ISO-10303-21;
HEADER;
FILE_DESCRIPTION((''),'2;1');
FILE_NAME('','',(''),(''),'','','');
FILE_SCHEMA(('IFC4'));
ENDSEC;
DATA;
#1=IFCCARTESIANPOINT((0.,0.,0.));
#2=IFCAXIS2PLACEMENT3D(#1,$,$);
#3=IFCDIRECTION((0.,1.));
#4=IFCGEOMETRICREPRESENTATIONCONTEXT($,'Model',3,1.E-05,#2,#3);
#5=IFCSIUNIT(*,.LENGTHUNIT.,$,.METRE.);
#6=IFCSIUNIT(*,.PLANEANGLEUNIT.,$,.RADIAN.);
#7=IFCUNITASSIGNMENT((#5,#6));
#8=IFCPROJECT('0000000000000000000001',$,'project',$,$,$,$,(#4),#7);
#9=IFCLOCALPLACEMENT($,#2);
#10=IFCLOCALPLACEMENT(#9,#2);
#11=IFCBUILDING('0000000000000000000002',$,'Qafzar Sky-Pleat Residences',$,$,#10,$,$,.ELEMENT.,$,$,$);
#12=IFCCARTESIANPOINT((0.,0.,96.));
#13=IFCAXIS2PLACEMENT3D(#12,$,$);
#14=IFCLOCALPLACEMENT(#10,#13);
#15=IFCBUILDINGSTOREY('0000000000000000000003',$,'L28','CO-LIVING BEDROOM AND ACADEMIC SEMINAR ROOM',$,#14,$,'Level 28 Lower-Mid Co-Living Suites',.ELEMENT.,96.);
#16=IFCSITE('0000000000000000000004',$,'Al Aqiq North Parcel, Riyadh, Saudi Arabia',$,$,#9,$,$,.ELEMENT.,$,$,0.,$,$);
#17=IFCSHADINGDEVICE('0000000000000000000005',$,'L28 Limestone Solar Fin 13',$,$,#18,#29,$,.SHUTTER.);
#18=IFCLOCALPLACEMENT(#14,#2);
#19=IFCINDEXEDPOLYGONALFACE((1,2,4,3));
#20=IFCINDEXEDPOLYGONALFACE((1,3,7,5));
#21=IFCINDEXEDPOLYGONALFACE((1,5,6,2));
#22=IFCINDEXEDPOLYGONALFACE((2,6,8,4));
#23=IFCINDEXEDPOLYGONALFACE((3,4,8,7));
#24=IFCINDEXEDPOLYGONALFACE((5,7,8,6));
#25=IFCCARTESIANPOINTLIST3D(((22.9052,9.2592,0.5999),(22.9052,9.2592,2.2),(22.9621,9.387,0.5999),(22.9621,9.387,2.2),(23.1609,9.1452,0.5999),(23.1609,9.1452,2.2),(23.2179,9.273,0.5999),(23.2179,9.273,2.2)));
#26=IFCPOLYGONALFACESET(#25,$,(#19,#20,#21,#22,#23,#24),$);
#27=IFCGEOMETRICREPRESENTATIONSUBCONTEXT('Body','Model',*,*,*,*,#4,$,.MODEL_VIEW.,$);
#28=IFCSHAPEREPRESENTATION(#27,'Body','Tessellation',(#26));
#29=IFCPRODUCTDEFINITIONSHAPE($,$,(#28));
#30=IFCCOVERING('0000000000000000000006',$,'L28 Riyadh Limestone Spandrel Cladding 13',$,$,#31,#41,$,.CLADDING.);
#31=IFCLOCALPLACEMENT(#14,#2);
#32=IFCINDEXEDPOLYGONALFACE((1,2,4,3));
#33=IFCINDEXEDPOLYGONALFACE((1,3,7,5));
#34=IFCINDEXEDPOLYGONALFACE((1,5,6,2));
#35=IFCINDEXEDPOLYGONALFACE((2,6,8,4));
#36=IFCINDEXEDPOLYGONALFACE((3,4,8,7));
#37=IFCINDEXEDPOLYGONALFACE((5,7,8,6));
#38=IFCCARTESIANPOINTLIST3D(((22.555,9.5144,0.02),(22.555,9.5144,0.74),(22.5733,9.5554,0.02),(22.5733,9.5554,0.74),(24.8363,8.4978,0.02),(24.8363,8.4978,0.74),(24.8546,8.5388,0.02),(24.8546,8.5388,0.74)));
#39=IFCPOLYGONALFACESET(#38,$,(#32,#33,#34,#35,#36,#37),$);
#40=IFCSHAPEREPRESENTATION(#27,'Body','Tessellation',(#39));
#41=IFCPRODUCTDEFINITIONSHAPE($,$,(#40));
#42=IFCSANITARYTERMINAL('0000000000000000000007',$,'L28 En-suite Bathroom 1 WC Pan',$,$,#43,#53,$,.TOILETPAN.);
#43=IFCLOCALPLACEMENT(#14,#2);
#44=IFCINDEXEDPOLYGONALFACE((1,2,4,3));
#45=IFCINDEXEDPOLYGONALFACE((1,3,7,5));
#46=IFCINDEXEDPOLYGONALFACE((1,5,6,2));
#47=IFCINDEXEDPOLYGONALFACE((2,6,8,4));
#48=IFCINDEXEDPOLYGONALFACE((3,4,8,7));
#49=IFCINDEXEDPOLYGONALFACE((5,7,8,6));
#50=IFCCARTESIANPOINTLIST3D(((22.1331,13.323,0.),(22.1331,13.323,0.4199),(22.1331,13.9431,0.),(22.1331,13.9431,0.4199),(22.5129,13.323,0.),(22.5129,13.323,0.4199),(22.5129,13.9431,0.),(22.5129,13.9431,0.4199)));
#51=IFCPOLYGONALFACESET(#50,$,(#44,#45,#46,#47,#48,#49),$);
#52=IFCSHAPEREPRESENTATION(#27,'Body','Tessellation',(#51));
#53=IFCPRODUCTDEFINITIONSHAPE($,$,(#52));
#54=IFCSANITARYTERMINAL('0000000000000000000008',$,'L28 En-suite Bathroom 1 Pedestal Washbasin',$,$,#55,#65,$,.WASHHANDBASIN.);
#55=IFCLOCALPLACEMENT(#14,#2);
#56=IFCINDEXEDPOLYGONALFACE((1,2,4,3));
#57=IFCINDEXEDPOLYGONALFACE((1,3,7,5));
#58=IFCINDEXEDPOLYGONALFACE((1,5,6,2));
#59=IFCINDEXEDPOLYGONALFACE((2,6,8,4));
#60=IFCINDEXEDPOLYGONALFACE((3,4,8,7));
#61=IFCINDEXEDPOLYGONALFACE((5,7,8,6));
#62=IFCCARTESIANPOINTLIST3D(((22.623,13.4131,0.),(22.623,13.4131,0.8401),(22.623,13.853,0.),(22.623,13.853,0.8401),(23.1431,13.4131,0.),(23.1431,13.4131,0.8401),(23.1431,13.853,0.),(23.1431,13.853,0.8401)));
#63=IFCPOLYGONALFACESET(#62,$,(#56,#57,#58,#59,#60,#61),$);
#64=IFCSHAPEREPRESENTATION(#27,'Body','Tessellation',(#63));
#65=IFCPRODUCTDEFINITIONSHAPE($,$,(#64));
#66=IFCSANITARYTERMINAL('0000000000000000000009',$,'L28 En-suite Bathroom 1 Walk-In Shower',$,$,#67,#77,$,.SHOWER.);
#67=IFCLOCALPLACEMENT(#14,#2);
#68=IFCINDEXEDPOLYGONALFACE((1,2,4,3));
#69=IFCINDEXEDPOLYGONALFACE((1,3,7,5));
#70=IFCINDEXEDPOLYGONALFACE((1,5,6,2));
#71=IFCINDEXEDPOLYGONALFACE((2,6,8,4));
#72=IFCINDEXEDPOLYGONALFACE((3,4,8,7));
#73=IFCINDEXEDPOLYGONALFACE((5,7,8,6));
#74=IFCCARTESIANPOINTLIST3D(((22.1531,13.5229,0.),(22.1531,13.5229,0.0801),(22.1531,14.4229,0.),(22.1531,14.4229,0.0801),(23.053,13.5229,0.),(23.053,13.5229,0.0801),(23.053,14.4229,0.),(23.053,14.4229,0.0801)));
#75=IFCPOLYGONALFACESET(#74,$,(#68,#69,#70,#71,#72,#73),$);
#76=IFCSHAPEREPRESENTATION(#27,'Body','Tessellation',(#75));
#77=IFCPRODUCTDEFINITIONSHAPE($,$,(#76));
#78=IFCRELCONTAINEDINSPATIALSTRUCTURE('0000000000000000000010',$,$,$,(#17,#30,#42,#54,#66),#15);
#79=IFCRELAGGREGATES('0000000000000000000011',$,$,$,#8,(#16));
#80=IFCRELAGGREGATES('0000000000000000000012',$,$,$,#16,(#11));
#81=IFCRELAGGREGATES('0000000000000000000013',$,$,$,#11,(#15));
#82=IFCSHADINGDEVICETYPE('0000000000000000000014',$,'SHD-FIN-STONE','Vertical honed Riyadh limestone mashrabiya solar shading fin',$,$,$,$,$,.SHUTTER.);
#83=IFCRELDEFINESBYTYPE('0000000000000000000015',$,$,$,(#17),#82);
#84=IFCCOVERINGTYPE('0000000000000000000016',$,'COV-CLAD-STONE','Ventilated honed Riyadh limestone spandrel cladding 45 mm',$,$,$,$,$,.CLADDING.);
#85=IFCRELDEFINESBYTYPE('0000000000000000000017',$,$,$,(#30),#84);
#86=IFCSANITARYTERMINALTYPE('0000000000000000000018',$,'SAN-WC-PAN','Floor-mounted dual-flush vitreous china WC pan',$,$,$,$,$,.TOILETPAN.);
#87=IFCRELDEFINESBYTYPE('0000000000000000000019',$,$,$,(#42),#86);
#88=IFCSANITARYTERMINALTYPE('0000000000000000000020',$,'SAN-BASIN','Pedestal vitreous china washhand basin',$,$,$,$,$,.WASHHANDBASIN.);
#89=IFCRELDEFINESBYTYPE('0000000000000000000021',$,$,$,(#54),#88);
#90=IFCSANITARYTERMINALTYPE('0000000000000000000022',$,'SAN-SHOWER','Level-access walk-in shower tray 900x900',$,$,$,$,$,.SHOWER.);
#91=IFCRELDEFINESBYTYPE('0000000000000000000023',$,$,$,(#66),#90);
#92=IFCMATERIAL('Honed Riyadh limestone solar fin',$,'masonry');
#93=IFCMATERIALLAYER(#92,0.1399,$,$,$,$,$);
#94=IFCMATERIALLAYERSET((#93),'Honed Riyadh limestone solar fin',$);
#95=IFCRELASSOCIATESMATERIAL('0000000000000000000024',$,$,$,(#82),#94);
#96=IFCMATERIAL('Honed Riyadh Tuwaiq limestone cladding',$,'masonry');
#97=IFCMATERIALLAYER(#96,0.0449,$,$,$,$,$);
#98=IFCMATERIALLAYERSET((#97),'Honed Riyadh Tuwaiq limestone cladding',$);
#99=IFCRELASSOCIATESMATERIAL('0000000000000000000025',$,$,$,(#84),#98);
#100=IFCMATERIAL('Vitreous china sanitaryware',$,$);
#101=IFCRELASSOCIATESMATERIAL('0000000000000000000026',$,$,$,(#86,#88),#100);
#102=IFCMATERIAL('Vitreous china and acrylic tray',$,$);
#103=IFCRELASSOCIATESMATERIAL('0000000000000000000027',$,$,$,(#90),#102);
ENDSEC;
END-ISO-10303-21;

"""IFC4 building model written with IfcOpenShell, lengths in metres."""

from ifc_helpers import new_model, si_unit, direction, frame, origin, origin_2d, place, context, subcontext, project, spatial, rectangle, extrude, source, transform, mapped, material, layer, layer_set, type_object, element, save


model = new_model("IFC4")

# Units and contexts
model_context = context("Model", 3, precision=1e-05, world=origin(), true_north=direction((0.0, 1.0)))
body_context = subcontext(model_context, "Body", "Model", "MODEL_VIEW")
ifc_project = project(units=[si_unit("LENGTHUNIT", "METRE"), si_unit("PLANEANGLEUNIT", "RADIAN")], contexts=[model_context])

# Site, building, storey
site_placement = place(None, origin())
site = spatial("IfcSite", under=ifc_project, at=site_placement, Name="Al Aqiq North Parcel, Riyadh, Saudi Arabia", CompositionType="ELEMENT", RefElevation=0.0)
building_placement = place(site_placement, origin())
building = spatial("IfcBuilding", under=site, at=building_placement, Name="Qafzar Sky-Pleat Residences", CompositionType="ELEMENT")
storey_placement = place(building_placement, frame((0.0, 0.0, 96.0)))
storey = spatial("IfcBuildingStorey", under=building, at=storey_placement, Name="L28", Description="CO-LIVING BEDROOM AND ACADEMIC SEMINAR ROOM", LongName="Level 28 Lower-Mid Co-Living Suites", CompositionType="ELEMENT", Elevation=96.0)

# Shading device
ifc_material_1 = material(Name="Honed Riyadh limestone solar fin", Category="masonry")
ifc_layer_1 = layer(ifc_material_1, 0.1399)
ifc_layer_set_1 = layer_set([ifc_layer_1], Name="Honed Riyadh limestone solar fin")
shading_device_type = type_object("IfcShadingDeviceType", Name="SHD-FIN-STONE", Description="Vertical honed Riyadh limestone mashrabiya solar shading fin", PredefinedType="SHUTTER", material=ifc_layer_set_1)
shared_shape_1 = source(origin(), body_context, "Body", "SweptSolid", [
    extrude(rectangle(XDim=0.1399, YDim=0.28, at=origin_2d()), origin(), (0.0, 0.0, 1.0), 1.6001),
])
shading_device_placement = place(storey_placement, frame((23.0615, 9.2661, 0.5999), z_axis=(0.0, 0.0, 1.0), x_axis=(-0.407014, -0.913422, 0.0)))
element("IfcShadingDevice", 1, at=shading_device_placement, inside=storey, type_object=shading_device_type, Name="L28 Limestone Solar Fin 13", PredefinedType="SHUTTER", context=body_context, shape_type="MappedRepresentation", body=[
    mapped(shared_shape_1, transform((0.0, 0.0, 0.0), x_axis=(1.0, 0.0, 0.0), y_axis=(0.0, 1.0, 0.0), z_axis=(0.0, 0.0, 1.0), scale=1.0)),
])

# Covering
ifc_material_2 = material(Name="Honed Riyadh Tuwaiq limestone cladding", Category="masonry")
ifc_layer_2 = layer(ifc_material_2, 0.0449)
ifc_layer_set_2 = layer_set([ifc_layer_2], Name="Honed Riyadh Tuwaiq limestone cladding")
covering_type = type_object("IfcCoveringType", Name="COV-CLAD-STONE", Description="Ventilated honed Riyadh limestone spandrel cladding 45 mm", PredefinedType="CLADDING", material=ifc_layer_set_2)
shared_shape_2 = source(origin(), body_context, "Body", "SweptSolid", [
    extrude(rectangle(XDim=2.4976, YDim=0.0449, at=origin_2d()), origin(), (0.0, 0.0, 1.0), 0.72),
])
covering_placement = place(storey_placement, frame((23.7048, 9.0266, 0.02), z_axis=(0.0, 0.0, 1.0), x_axis=(0.913414, -0.407031, 0.0)))
element("IfcCovering", 2, at=covering_placement, inside=storey, type_object=covering_type, Name="L28 Riyadh Limestone Spandrel Cladding 13", PredefinedType="CLADDING", context=body_context, shape_type="MappedRepresentation", body=[
    mapped(shared_shape_2, transform((0.0, 0.0, 0.0), x_axis=(1.0, 0.0, 0.0), y_axis=(0.0, 1.0, 0.0), z_axis=(0.0, 0.0, 1.0), scale=1.0)),
])

# Sanitary terminals
ifc_material_3 = material(Name="Vitreous china sanitaryware")
sanitary_terminal_type_1 = type_object("IfcSanitaryTerminalType", Name="SAN-WC-PAN", Description="Floor-mounted dual-flush vitreous china WC pan", PredefinedType="TOILETPAN", material=ifc_material_3)
shared_shape_3 = source(origin(), body_context, "Body", "SweptSolid", [
    extrude(rectangle(XDim=0.3799, YDim=0.6201, at=origin_2d()), origin(), (0.0, 0.0, 1.0), 0.4199),
])
sanitary_terminal_1_placement = place(storey_placement, frame((22.323, 13.6331, 0.0), z_axis=(0.0, 0.0, 1.0), x_axis=(1.0, 0.0, 0.0)))
element("IfcSanitaryTerminal", 3, at=sanitary_terminal_1_placement, inside=storey, type_object=sanitary_terminal_type_1, Name="L28 En-suite Bathroom 1 WC Pan", PredefinedType="TOILETPAN", context=body_context, shape_type="MappedRepresentation", body=[
    mapped(shared_shape_3, transform((0.0, 0.0, 0.0), x_axis=(1.0, 0.0, 0.0), y_axis=(0.0, 1.0, 0.0), z_axis=(0.0, 0.0, 1.0), scale=1.0)),
])
sanitary_terminal_type_2 = type_object("IfcSanitaryTerminalType", Name="SAN-BASIN", Description="Pedestal vitreous china washhand basin", PredefinedType="WASHHANDBASIN", material=ifc_material_3)
shared_shape_4 = source(origin(), body_context, "Body", "SweptSolid", [
    extrude(rectangle(XDim=0.52, YDim=0.4399, at=origin_2d()), origin(), (0.0, 0.0, 1.0), 0.8401),
])
sanitary_terminal_2_placement = place(storey_placement, frame((22.8831, 13.6331, 0.0), z_axis=(0.0, 0.0, 1.0), x_axis=(1.0, 0.0, 0.0)))
element("IfcSanitaryTerminal", 4, at=sanitary_terminal_2_placement, inside=storey, type_object=sanitary_terminal_type_2, Name="L28 En-suite Bathroom 1 Pedestal Washbasin", PredefinedType="WASHHANDBASIN", context=body_context, shape_type="MappedRepresentation", body=[
    mapped(shared_shape_4, transform((0.0, 0.0, 0.0), x_axis=(1.0, 0.0, 0.0), y_axis=(0.0, 1.0, 0.0), z_axis=(0.0, 0.0, 1.0), scale=1.0)),
])
ifc_material_4 = material(Name="Vitreous china and acrylic tray")
sanitary_terminal_type_3 = type_object("IfcSanitaryTerminalType", Name="SAN-SHOWER", Description="Level-access walk-in shower tray 900x900", PredefinedType="SHOWER", material=ifc_material_4)
shared_shape_5 = source(origin(), body_context, "Body", "SweptSolid", [
    extrude(rectangle(XDim=0.8999, YDim=0.8999, at=origin_2d()), origin(), (0.0, 0.0, 1.0), 0.0801),
])
sanitary_terminal_3_placement = place(storey_placement, frame((22.603, 13.9729, 0.0), z_axis=(0.0, 0.0, 1.0), x_axis=(1.0, 0.0, 0.0)))
element("IfcSanitaryTerminal", 5, at=sanitary_terminal_3_placement, inside=storey, type_object=sanitary_terminal_type_3, Name="L28 En-suite Bathroom 1 Walk-In Shower", PredefinedType="SHOWER", context=body_context, shape_type="MappedRepresentation", body=[
    mapped(shared_shape_5, transform((0.0, 0.0, 0.0), x_axis=(1.0, 0.0, 0.0), y_axis=(0.0, 1.0, 0.0), z_axis=(0.0, 0.0, 1.0), scale=1.0)),
])

save(model, "model.ifc")
